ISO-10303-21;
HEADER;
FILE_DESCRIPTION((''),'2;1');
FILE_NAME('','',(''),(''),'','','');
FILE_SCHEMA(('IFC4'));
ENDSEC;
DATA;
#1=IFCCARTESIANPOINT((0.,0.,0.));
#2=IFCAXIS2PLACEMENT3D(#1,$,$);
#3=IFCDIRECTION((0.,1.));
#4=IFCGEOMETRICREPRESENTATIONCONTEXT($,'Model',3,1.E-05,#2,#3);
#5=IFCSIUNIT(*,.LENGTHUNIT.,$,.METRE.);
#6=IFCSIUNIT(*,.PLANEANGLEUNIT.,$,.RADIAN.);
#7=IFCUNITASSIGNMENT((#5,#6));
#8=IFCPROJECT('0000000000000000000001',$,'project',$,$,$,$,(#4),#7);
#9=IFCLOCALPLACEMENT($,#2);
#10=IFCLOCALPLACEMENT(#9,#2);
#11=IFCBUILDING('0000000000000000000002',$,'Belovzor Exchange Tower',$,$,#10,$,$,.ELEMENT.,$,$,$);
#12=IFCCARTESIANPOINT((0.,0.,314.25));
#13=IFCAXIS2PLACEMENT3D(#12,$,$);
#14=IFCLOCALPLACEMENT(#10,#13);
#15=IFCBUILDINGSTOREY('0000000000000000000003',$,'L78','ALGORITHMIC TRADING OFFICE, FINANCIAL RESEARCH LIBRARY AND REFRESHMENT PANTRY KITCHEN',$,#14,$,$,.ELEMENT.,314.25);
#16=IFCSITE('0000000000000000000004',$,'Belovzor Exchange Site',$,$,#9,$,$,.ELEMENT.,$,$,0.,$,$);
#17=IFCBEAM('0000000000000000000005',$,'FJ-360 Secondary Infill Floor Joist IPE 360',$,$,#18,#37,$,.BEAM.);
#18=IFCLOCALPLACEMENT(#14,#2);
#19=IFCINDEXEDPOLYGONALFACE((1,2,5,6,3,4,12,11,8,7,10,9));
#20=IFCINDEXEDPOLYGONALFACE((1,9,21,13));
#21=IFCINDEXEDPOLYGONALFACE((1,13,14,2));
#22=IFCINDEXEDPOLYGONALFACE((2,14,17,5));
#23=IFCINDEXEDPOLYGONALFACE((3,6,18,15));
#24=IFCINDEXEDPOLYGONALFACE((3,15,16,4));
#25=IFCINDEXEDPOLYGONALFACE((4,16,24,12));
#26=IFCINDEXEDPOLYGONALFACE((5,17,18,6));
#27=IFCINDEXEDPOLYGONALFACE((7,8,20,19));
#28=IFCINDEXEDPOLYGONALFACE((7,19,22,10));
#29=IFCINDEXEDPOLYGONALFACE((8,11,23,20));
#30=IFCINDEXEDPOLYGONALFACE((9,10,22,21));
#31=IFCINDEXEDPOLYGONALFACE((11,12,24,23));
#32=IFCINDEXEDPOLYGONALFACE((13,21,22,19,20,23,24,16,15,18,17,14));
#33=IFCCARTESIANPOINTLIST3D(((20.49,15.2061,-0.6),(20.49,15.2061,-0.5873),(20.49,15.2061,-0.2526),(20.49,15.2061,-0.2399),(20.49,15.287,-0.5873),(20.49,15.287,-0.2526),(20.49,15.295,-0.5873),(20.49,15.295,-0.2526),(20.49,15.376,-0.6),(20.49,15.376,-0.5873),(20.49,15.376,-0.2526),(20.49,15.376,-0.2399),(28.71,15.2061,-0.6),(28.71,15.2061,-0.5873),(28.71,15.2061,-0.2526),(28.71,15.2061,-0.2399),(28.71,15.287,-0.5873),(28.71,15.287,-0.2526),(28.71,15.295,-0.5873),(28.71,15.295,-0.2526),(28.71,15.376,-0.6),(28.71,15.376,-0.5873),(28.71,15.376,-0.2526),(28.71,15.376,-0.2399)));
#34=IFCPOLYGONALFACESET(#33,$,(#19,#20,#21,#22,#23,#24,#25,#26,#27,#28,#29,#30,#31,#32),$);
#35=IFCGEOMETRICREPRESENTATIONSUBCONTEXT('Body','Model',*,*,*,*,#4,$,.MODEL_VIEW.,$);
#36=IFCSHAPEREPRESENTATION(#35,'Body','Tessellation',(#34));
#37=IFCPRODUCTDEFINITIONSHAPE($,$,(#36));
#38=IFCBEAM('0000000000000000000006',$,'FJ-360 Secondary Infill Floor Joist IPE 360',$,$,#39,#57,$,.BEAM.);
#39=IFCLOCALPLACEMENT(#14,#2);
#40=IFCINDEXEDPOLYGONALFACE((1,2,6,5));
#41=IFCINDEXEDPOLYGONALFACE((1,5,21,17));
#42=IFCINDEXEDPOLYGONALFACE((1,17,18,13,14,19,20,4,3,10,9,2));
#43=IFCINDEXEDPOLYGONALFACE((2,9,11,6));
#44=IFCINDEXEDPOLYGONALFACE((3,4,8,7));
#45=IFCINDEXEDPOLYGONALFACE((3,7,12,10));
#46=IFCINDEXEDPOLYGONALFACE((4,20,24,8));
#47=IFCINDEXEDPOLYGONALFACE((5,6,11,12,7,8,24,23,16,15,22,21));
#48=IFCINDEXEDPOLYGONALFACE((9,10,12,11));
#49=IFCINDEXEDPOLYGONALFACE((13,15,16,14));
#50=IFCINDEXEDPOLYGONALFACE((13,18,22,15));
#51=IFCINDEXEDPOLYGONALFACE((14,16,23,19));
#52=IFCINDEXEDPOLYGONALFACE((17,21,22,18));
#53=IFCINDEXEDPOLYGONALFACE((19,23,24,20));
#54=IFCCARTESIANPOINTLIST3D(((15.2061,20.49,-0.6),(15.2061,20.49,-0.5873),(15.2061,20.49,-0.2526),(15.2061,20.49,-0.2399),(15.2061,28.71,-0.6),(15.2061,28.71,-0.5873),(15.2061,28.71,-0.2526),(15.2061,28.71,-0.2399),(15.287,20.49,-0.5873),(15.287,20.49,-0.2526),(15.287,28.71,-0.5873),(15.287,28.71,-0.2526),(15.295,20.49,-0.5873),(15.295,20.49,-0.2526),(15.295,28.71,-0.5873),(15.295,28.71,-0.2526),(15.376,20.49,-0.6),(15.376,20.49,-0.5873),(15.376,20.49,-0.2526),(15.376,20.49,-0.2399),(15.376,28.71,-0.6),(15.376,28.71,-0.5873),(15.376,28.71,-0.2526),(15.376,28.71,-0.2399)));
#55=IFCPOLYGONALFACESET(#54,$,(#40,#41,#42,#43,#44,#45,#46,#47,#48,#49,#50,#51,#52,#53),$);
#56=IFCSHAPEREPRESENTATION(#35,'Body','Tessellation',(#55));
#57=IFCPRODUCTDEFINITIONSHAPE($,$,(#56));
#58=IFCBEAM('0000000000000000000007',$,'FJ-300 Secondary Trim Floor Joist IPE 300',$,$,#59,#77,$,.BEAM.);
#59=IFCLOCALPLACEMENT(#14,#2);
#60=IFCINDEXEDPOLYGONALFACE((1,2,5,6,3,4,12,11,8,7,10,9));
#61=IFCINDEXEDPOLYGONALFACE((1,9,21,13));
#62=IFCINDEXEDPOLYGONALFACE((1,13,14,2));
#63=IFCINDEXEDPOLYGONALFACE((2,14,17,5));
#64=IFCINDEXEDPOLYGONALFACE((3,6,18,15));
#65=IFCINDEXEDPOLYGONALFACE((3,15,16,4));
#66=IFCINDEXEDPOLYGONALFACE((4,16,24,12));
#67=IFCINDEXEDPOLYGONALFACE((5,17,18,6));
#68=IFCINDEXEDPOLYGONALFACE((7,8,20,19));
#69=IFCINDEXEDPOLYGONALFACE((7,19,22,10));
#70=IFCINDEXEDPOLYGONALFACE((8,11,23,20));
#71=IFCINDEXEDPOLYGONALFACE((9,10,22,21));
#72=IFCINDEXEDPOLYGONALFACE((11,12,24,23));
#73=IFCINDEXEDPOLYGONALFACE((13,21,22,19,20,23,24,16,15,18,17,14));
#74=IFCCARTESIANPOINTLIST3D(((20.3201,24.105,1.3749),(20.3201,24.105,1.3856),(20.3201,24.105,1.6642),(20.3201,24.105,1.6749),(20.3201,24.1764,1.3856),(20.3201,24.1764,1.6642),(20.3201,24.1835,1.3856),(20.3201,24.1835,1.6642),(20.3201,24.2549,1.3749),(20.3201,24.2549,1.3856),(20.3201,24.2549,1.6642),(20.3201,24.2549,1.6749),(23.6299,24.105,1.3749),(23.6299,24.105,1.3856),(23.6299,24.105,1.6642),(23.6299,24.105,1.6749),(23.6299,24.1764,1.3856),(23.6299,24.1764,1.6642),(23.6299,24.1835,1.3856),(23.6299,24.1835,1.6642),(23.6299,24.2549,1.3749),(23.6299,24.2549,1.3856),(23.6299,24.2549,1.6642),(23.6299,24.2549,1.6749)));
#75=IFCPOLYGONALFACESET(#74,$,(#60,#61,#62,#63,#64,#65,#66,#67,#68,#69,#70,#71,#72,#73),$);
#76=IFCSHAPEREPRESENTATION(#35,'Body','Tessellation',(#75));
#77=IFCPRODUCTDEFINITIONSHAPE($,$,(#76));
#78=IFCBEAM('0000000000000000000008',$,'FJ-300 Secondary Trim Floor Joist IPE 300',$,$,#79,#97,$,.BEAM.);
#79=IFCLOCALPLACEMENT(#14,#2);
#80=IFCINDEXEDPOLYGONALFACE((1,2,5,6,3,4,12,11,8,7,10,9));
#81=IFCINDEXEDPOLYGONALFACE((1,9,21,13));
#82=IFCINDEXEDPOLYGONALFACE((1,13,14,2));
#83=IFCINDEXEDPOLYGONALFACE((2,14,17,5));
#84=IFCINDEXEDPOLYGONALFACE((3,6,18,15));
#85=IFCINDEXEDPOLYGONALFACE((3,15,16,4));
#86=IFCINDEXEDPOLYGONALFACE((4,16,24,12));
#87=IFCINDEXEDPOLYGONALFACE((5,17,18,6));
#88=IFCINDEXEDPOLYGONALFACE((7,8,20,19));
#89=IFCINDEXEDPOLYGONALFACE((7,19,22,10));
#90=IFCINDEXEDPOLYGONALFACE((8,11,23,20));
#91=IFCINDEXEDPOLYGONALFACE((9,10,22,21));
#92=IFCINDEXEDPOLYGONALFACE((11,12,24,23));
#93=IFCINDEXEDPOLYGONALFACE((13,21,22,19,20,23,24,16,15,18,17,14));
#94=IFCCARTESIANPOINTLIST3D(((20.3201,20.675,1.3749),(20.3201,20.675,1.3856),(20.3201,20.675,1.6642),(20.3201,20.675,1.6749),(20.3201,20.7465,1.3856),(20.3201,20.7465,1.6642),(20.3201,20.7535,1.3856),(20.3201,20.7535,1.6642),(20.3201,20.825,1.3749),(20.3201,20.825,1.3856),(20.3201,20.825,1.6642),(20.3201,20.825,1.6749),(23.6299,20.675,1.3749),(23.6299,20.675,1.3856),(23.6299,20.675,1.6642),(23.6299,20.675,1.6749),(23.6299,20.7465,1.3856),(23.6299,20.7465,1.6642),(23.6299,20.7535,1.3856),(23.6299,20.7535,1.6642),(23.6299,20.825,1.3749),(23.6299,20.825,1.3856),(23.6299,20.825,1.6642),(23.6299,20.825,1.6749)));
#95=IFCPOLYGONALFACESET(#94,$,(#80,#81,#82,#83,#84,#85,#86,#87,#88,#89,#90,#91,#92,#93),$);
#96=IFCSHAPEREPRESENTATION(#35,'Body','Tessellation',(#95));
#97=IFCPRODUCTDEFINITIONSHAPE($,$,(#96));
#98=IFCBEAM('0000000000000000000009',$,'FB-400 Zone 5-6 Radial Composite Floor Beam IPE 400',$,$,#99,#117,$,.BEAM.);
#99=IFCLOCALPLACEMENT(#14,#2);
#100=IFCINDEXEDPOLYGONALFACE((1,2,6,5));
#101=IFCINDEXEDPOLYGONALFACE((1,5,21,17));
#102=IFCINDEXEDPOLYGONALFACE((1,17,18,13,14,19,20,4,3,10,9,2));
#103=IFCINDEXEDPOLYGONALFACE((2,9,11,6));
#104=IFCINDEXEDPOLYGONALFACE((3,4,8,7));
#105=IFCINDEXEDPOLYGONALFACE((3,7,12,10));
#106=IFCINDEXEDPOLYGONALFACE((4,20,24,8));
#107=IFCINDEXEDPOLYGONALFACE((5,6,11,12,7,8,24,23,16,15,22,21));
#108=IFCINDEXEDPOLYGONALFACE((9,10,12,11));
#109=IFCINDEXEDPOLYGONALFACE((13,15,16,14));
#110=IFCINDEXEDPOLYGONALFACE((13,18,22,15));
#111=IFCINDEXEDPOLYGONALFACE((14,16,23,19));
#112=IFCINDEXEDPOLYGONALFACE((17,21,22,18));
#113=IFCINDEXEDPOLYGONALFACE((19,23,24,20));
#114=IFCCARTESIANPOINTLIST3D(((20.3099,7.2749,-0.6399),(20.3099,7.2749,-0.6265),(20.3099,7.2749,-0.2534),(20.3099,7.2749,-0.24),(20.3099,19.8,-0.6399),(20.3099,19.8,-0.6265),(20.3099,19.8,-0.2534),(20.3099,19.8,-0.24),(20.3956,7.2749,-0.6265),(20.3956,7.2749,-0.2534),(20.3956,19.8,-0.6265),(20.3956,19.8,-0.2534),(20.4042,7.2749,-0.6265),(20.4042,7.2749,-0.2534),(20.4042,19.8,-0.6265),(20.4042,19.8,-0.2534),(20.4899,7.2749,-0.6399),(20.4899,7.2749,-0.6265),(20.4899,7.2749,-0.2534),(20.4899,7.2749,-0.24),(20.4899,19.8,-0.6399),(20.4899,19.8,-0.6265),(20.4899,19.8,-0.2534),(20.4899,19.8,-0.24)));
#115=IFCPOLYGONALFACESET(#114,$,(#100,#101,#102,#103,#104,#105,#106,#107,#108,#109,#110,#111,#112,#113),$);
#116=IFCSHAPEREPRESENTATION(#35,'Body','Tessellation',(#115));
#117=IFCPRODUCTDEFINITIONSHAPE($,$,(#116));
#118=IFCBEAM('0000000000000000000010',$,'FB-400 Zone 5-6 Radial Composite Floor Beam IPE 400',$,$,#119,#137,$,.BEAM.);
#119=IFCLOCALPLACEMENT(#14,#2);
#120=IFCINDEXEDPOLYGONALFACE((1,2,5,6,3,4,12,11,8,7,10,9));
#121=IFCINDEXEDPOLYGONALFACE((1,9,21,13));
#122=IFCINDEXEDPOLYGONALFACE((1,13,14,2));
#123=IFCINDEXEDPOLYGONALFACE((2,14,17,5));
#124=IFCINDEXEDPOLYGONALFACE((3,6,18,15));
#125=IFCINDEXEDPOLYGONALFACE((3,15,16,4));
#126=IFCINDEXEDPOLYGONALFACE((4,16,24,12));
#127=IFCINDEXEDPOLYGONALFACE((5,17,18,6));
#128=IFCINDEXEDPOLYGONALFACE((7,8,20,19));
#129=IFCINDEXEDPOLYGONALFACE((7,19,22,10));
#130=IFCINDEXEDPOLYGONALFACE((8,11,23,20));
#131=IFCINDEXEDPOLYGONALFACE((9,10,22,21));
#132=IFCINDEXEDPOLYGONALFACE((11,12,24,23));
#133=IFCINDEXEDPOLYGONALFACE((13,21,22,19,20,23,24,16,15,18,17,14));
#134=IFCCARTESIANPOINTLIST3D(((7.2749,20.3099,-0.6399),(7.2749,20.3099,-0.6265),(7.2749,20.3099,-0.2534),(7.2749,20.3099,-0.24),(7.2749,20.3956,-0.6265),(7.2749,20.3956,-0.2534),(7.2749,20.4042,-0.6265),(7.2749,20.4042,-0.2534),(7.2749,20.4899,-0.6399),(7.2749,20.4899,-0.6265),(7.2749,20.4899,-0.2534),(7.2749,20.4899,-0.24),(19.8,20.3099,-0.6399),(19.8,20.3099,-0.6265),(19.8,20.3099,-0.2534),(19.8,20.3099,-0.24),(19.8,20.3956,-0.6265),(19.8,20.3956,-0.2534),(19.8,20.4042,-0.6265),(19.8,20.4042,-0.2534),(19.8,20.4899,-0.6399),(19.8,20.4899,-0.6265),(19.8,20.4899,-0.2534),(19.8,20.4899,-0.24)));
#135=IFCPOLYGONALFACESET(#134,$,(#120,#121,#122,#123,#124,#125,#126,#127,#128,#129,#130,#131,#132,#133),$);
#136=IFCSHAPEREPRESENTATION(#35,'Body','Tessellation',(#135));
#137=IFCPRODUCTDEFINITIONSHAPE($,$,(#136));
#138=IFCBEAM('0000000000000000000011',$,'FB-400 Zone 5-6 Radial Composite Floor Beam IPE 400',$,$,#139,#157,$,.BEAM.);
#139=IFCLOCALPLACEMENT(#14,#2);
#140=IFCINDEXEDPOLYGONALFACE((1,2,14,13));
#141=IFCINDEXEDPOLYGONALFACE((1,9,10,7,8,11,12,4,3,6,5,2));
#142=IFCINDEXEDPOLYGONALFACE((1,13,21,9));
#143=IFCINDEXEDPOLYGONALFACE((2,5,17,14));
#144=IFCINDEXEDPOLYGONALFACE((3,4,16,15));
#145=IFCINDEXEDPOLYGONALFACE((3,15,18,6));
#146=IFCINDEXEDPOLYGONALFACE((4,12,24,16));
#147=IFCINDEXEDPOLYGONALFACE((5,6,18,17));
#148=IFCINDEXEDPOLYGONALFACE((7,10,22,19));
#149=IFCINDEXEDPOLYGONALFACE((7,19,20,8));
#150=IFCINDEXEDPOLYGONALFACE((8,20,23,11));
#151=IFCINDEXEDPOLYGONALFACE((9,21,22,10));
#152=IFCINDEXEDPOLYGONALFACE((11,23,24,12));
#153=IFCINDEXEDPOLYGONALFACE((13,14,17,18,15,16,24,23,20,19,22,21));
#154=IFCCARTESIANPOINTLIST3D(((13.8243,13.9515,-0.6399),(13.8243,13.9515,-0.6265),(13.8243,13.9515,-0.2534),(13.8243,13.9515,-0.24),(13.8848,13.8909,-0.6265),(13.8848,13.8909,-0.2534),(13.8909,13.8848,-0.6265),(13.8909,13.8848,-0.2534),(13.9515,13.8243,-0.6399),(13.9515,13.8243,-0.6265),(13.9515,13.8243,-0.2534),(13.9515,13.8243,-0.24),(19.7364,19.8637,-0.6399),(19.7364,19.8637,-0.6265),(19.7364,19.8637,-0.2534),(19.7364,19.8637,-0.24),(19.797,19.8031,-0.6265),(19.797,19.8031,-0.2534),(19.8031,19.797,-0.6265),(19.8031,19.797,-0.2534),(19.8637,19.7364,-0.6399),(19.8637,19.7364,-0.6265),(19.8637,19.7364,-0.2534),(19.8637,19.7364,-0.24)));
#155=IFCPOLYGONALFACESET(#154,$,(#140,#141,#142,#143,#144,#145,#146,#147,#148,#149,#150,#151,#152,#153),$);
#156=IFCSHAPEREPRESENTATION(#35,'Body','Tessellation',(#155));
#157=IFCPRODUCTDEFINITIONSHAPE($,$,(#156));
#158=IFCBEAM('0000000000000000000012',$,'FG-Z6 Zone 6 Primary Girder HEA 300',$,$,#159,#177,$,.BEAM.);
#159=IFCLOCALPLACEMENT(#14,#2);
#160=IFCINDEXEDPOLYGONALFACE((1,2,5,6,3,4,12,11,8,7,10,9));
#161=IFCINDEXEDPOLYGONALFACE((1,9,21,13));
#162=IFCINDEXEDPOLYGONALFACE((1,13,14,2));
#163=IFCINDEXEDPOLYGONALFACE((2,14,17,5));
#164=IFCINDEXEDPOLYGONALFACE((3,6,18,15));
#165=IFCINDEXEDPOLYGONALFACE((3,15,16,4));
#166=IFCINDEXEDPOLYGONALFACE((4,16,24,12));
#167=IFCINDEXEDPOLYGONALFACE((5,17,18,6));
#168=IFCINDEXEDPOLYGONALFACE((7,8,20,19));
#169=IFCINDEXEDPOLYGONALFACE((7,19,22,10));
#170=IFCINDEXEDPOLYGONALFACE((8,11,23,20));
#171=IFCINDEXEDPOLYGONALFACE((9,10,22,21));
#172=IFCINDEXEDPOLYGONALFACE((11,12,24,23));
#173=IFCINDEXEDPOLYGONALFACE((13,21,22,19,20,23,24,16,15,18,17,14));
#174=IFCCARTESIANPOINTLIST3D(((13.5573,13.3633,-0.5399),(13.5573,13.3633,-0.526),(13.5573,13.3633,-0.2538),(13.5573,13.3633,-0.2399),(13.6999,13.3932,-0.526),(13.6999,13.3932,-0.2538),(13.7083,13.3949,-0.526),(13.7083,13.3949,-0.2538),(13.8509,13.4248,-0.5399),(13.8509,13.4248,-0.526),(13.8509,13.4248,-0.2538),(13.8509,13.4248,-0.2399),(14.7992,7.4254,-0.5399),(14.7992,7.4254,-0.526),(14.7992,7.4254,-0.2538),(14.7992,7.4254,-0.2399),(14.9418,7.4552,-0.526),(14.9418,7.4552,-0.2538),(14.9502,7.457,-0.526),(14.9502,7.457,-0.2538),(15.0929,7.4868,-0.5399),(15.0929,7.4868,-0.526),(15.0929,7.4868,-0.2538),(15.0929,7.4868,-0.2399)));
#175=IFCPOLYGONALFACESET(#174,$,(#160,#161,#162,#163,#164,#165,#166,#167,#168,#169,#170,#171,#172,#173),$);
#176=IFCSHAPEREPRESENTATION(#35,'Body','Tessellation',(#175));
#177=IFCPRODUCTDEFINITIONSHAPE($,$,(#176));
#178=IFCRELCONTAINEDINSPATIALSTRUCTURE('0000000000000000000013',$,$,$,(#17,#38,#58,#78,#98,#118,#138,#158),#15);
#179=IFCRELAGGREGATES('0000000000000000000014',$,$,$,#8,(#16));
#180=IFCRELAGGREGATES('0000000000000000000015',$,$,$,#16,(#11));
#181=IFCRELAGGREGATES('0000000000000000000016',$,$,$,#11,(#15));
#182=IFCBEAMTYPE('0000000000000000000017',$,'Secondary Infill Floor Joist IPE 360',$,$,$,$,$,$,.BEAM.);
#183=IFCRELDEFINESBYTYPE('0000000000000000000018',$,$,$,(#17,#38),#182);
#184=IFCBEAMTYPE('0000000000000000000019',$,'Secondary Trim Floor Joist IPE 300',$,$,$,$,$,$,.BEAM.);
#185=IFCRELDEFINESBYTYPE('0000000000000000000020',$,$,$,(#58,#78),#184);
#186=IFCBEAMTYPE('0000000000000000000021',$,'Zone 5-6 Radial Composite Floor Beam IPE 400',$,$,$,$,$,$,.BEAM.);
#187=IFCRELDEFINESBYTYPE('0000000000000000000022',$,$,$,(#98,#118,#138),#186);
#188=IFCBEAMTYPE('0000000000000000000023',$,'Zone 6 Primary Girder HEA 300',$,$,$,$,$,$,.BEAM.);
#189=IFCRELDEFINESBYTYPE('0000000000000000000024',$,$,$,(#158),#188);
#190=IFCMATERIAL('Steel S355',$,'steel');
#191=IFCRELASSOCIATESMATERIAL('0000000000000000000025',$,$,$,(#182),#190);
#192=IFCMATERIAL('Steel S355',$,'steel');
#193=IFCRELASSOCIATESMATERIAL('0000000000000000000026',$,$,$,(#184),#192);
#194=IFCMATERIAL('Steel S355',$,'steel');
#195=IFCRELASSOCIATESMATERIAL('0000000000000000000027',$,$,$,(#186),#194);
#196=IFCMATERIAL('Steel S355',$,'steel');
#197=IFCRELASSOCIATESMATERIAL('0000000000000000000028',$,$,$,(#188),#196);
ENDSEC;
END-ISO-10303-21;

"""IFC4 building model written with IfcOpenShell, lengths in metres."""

from ifc_helpers import new_model, si_unit, direction, frame, origin, origin_2d, place, context, subcontext, project, spatial, i_section, extrude, material, material_profile, profile_set, type_object, element, save


model = new_model("IFC4")

# Units and contexts
model_context = context("Model", 3, precision=1e-05, world=origin(), true_north=direction((0.0, 1.0)))
body_context = subcontext(model_context, "Body", "Model", "MODEL_VIEW")
ifc_project = project(units=[si_unit("LENGTHUNIT", "METRE"), si_unit("PLANEANGLEUNIT", "RADIAN")], contexts=[model_context])

# Site, building, storey
site_placement = place(None, origin())
site = spatial("IfcSite", under=ifc_project, at=site_placement, Name="Belovzor Exchange Site", CompositionType="ELEMENT", RefElevation=0.0)
building_placement = place(site_placement, origin())
building = spatial("IfcBuilding", under=site, at=building_placement, Name="Belovzor Exchange Tower", CompositionType="ELEMENT")
storey_placement = place(building_placement, frame((0.0, 0.0, 314.25)))
storey = spatial("IfcBuildingStorey", under=building, at=storey_placement, Name="L78", Description="ALGORITHMIC TRADING OFFICE, FINANCIAL RESEARCH LIBRARY AND REFRESHMENT PANTRY KITCHEN", CompositionType="ELEMENT", Elevation=314.25)

# Beams
ifc_material_1 = material(Name="Steel S355", Category="steel")
ifc_material_profile_1 = material_profile(ifc_material_1, i_section(OverallWidth=0.1699, OverallDepth=0.3601, WebThickness=0.0081, FlangeThickness=0.0127, at=origin_2d()))
ifc_profile_set_1 = profile_set([ifc_material_profile_1], Name="Steel S355")
beam_type_1 = type_object("IfcBeamType", Name="Secondary Infill Floor Joist IPE 360", PredefinedType="BEAM", material=ifc_profile_set_1)
for number, where, z_axis, x_axis, name in (
    (1, (20.49, 15.291, -0.4199), (1.0, 0.0, 0.0), (0.0, 1.0, 0.0), "FJ-360 Secondary Infill Floor Joist IPE 360"),
    (2, (15.291, 20.49, -0.4199), (0.0, 1.0, 0.0), (-1.0, 0.0, 0.0), "FJ-360 Secondary Infill Floor Joist IPE 360"),
):
    element("IfcBeam", number, at=place(storey_placement, frame(where, z_axis=z_axis, x_axis=x_axis)), inside=storey, type_object=beam_type_1, Name=name, PredefinedType="BEAM", context=body_context, shape_type="SweptSolid", body=[
        extrude(i_section(OverallWidth=0.1699, OverallDepth=0.3601, WebThickness=0.0081, FlangeThickness=0.0127, at=origin_2d()), origin(), (0.0, 0.0, 1.0), 8.22),
    ])
ifc_material_2 = material(Name="Steel S355", Category="steel")
ifc_material_profile_2 = material_profile(ifc_material_2, i_section(OverallWidth=0.1499, OverallDepth=0.3, WebThickness=0.0071, FlangeThickness=0.0107, at=origin_2d()))
ifc_profile_set_2 = profile_set([ifc_material_profile_2], Name="Steel S355")
beam_type_2 = type_object("IfcBeamType", Name="Secondary Trim Floor Joist IPE 300", PredefinedType="BEAM", material=ifc_profile_set_2)
for number, where, z_axis, x_axis, name in (
    (3, (20.3201, 24.1799, 1.5249), (1.0, 0.0, 0.0), (0.0, 1.0, 0.0), "FJ-300 Secondary Trim Floor Joist IPE 300"),
    (4, (20.3201, 20.75, 1.5249), (1.0, 0.0, 0.0), (0.0, 1.0, 0.0), "FJ-300 Secondary Trim Floor Joist IPE 300"),
):
    element("IfcBeam", number, at=place(storey_placement, frame(where, z_axis=z_axis, x_axis=x_axis)), inside=storey, type_object=beam_type_2, Name=name, PredefinedType="BEAM", context=body_context, shape_type="SweptSolid", body=[
        extrude(i_section(OverallWidth=0.1499, OverallDepth=0.3, WebThickness=0.0071, FlangeThickness=0.0107, at=origin_2d()), origin(), (0.0, 0.0, 1.0), 3.3098),
    ])
ifc_material_3 = material(Name="Steel S355", Category="steel")
ifc_material_profile_3 = material_profile(ifc_material_3, i_section(OverallWidth=0.1799, OverallDepth=0.3999, WebThickness=0.0085, FlangeThickness=0.0134, at=origin_2d()))
ifc_profile_set_3 = profile_set([ifc_material_profile_3], Name="Steel S355")
beam_type_3 = type_object("IfcBeamType", Name="Zone 5-6 Radial Composite Floor Beam IPE 400", PredefinedType="BEAM", material=ifc_profile_set_3)
for number, where, z_axis, x_axis, name in (
    (5, (20.3999, 19.8, -0.4399), (0.0, -1.0, 0.0), (1.0, 0.0, 0.0), "FB-400 Zone 5-6 Radial Composite Floor Beam IPE 400"),
    (6, (19.8, 20.3999, -0.4399), (-1.0, 0.0, 0.0), (0.0, -1.0, 0.0), "FB-400 Zone 5-6 Radial Composite Floor Beam IPE 400"),
):
    element("IfcBeam", number, at=place(storey_placement, frame(where, z_axis=z_axis, x_axis=x_axis)), inside=storey, type_object=beam_type_3, Name=name, PredefinedType="BEAM", context=body_context, shape_type="SweptSolid", body=[
        extrude(i_section(OverallWidth=0.1799, OverallDepth=0.3999, WebThickness=0.0085, FlangeThickness=0.0134, at=origin_2d()), origin(), (0.0, 0.0, 1.0), 12.5251),
    ])
beam_1_placement = place(storey_placement, frame((19.8, 19.8, -0.4399), z_axis=(-0.707107, -0.707107, 0.0), x_axis=(0.707107, -0.707107, 0.0)))
element("IfcBeam", 7, at=beam_1_placement, inside=storey, type_object=beam_type_3, Name="FB-400 Zone 5-6 Radial Composite Floor Beam IPE 400", PredefinedType="BEAM", context=body_context, shape_type="SweptSolid", body=[
    extrude(i_section(OverallWidth=0.1799, OverallDepth=0.3999, WebThickness=0.0085, FlangeThickness=0.0134, at=origin_2d()), origin(), (0.0, 0.0, 1.0), 8.3611),
])
ifc_material_4 = material(Name="Steel S355", Category="steel")
ifc_material_profile_4 = material_profile(ifc_material_4, i_section(OverallWidth=0.3, OverallDepth=0.3, WebThickness=0.0085, FlangeThickness=0.0139, at=origin_2d()))
ifc_profile_set_4 = profile_set([ifc_material_profile_4], Name="Steel S355")
beam_type_4 = type_object("IfcBeamType", Name="Zone 6 Primary Girder HEA 300", PredefinedType="BEAM", material=ifc_profile_set_4)
beam_2_placement = place(storey_placement, frame((13.7041, 13.394, -0.3899), z_axis=(0.204722, -0.97882, 0.0), x_axis=(0.97882, 0.204722, 0.0)))
element("IfcBeam", 8, at=beam_2_placement, inside=storey, type_object=beam_type_4, Name="FG-Z6 Zone 6 Primary Girder HEA 300", PredefinedType="BEAM", context=body_context, shape_type="SweptSolid", body=[
    extrude(i_section(OverallWidth=0.3, OverallDepth=0.3, WebThickness=0.0085, FlangeThickness=0.0139, at=origin_2d()), origin(), (0.0, 0.0, 1.0), 6.0664),
])

save(model, "model.ifc")
